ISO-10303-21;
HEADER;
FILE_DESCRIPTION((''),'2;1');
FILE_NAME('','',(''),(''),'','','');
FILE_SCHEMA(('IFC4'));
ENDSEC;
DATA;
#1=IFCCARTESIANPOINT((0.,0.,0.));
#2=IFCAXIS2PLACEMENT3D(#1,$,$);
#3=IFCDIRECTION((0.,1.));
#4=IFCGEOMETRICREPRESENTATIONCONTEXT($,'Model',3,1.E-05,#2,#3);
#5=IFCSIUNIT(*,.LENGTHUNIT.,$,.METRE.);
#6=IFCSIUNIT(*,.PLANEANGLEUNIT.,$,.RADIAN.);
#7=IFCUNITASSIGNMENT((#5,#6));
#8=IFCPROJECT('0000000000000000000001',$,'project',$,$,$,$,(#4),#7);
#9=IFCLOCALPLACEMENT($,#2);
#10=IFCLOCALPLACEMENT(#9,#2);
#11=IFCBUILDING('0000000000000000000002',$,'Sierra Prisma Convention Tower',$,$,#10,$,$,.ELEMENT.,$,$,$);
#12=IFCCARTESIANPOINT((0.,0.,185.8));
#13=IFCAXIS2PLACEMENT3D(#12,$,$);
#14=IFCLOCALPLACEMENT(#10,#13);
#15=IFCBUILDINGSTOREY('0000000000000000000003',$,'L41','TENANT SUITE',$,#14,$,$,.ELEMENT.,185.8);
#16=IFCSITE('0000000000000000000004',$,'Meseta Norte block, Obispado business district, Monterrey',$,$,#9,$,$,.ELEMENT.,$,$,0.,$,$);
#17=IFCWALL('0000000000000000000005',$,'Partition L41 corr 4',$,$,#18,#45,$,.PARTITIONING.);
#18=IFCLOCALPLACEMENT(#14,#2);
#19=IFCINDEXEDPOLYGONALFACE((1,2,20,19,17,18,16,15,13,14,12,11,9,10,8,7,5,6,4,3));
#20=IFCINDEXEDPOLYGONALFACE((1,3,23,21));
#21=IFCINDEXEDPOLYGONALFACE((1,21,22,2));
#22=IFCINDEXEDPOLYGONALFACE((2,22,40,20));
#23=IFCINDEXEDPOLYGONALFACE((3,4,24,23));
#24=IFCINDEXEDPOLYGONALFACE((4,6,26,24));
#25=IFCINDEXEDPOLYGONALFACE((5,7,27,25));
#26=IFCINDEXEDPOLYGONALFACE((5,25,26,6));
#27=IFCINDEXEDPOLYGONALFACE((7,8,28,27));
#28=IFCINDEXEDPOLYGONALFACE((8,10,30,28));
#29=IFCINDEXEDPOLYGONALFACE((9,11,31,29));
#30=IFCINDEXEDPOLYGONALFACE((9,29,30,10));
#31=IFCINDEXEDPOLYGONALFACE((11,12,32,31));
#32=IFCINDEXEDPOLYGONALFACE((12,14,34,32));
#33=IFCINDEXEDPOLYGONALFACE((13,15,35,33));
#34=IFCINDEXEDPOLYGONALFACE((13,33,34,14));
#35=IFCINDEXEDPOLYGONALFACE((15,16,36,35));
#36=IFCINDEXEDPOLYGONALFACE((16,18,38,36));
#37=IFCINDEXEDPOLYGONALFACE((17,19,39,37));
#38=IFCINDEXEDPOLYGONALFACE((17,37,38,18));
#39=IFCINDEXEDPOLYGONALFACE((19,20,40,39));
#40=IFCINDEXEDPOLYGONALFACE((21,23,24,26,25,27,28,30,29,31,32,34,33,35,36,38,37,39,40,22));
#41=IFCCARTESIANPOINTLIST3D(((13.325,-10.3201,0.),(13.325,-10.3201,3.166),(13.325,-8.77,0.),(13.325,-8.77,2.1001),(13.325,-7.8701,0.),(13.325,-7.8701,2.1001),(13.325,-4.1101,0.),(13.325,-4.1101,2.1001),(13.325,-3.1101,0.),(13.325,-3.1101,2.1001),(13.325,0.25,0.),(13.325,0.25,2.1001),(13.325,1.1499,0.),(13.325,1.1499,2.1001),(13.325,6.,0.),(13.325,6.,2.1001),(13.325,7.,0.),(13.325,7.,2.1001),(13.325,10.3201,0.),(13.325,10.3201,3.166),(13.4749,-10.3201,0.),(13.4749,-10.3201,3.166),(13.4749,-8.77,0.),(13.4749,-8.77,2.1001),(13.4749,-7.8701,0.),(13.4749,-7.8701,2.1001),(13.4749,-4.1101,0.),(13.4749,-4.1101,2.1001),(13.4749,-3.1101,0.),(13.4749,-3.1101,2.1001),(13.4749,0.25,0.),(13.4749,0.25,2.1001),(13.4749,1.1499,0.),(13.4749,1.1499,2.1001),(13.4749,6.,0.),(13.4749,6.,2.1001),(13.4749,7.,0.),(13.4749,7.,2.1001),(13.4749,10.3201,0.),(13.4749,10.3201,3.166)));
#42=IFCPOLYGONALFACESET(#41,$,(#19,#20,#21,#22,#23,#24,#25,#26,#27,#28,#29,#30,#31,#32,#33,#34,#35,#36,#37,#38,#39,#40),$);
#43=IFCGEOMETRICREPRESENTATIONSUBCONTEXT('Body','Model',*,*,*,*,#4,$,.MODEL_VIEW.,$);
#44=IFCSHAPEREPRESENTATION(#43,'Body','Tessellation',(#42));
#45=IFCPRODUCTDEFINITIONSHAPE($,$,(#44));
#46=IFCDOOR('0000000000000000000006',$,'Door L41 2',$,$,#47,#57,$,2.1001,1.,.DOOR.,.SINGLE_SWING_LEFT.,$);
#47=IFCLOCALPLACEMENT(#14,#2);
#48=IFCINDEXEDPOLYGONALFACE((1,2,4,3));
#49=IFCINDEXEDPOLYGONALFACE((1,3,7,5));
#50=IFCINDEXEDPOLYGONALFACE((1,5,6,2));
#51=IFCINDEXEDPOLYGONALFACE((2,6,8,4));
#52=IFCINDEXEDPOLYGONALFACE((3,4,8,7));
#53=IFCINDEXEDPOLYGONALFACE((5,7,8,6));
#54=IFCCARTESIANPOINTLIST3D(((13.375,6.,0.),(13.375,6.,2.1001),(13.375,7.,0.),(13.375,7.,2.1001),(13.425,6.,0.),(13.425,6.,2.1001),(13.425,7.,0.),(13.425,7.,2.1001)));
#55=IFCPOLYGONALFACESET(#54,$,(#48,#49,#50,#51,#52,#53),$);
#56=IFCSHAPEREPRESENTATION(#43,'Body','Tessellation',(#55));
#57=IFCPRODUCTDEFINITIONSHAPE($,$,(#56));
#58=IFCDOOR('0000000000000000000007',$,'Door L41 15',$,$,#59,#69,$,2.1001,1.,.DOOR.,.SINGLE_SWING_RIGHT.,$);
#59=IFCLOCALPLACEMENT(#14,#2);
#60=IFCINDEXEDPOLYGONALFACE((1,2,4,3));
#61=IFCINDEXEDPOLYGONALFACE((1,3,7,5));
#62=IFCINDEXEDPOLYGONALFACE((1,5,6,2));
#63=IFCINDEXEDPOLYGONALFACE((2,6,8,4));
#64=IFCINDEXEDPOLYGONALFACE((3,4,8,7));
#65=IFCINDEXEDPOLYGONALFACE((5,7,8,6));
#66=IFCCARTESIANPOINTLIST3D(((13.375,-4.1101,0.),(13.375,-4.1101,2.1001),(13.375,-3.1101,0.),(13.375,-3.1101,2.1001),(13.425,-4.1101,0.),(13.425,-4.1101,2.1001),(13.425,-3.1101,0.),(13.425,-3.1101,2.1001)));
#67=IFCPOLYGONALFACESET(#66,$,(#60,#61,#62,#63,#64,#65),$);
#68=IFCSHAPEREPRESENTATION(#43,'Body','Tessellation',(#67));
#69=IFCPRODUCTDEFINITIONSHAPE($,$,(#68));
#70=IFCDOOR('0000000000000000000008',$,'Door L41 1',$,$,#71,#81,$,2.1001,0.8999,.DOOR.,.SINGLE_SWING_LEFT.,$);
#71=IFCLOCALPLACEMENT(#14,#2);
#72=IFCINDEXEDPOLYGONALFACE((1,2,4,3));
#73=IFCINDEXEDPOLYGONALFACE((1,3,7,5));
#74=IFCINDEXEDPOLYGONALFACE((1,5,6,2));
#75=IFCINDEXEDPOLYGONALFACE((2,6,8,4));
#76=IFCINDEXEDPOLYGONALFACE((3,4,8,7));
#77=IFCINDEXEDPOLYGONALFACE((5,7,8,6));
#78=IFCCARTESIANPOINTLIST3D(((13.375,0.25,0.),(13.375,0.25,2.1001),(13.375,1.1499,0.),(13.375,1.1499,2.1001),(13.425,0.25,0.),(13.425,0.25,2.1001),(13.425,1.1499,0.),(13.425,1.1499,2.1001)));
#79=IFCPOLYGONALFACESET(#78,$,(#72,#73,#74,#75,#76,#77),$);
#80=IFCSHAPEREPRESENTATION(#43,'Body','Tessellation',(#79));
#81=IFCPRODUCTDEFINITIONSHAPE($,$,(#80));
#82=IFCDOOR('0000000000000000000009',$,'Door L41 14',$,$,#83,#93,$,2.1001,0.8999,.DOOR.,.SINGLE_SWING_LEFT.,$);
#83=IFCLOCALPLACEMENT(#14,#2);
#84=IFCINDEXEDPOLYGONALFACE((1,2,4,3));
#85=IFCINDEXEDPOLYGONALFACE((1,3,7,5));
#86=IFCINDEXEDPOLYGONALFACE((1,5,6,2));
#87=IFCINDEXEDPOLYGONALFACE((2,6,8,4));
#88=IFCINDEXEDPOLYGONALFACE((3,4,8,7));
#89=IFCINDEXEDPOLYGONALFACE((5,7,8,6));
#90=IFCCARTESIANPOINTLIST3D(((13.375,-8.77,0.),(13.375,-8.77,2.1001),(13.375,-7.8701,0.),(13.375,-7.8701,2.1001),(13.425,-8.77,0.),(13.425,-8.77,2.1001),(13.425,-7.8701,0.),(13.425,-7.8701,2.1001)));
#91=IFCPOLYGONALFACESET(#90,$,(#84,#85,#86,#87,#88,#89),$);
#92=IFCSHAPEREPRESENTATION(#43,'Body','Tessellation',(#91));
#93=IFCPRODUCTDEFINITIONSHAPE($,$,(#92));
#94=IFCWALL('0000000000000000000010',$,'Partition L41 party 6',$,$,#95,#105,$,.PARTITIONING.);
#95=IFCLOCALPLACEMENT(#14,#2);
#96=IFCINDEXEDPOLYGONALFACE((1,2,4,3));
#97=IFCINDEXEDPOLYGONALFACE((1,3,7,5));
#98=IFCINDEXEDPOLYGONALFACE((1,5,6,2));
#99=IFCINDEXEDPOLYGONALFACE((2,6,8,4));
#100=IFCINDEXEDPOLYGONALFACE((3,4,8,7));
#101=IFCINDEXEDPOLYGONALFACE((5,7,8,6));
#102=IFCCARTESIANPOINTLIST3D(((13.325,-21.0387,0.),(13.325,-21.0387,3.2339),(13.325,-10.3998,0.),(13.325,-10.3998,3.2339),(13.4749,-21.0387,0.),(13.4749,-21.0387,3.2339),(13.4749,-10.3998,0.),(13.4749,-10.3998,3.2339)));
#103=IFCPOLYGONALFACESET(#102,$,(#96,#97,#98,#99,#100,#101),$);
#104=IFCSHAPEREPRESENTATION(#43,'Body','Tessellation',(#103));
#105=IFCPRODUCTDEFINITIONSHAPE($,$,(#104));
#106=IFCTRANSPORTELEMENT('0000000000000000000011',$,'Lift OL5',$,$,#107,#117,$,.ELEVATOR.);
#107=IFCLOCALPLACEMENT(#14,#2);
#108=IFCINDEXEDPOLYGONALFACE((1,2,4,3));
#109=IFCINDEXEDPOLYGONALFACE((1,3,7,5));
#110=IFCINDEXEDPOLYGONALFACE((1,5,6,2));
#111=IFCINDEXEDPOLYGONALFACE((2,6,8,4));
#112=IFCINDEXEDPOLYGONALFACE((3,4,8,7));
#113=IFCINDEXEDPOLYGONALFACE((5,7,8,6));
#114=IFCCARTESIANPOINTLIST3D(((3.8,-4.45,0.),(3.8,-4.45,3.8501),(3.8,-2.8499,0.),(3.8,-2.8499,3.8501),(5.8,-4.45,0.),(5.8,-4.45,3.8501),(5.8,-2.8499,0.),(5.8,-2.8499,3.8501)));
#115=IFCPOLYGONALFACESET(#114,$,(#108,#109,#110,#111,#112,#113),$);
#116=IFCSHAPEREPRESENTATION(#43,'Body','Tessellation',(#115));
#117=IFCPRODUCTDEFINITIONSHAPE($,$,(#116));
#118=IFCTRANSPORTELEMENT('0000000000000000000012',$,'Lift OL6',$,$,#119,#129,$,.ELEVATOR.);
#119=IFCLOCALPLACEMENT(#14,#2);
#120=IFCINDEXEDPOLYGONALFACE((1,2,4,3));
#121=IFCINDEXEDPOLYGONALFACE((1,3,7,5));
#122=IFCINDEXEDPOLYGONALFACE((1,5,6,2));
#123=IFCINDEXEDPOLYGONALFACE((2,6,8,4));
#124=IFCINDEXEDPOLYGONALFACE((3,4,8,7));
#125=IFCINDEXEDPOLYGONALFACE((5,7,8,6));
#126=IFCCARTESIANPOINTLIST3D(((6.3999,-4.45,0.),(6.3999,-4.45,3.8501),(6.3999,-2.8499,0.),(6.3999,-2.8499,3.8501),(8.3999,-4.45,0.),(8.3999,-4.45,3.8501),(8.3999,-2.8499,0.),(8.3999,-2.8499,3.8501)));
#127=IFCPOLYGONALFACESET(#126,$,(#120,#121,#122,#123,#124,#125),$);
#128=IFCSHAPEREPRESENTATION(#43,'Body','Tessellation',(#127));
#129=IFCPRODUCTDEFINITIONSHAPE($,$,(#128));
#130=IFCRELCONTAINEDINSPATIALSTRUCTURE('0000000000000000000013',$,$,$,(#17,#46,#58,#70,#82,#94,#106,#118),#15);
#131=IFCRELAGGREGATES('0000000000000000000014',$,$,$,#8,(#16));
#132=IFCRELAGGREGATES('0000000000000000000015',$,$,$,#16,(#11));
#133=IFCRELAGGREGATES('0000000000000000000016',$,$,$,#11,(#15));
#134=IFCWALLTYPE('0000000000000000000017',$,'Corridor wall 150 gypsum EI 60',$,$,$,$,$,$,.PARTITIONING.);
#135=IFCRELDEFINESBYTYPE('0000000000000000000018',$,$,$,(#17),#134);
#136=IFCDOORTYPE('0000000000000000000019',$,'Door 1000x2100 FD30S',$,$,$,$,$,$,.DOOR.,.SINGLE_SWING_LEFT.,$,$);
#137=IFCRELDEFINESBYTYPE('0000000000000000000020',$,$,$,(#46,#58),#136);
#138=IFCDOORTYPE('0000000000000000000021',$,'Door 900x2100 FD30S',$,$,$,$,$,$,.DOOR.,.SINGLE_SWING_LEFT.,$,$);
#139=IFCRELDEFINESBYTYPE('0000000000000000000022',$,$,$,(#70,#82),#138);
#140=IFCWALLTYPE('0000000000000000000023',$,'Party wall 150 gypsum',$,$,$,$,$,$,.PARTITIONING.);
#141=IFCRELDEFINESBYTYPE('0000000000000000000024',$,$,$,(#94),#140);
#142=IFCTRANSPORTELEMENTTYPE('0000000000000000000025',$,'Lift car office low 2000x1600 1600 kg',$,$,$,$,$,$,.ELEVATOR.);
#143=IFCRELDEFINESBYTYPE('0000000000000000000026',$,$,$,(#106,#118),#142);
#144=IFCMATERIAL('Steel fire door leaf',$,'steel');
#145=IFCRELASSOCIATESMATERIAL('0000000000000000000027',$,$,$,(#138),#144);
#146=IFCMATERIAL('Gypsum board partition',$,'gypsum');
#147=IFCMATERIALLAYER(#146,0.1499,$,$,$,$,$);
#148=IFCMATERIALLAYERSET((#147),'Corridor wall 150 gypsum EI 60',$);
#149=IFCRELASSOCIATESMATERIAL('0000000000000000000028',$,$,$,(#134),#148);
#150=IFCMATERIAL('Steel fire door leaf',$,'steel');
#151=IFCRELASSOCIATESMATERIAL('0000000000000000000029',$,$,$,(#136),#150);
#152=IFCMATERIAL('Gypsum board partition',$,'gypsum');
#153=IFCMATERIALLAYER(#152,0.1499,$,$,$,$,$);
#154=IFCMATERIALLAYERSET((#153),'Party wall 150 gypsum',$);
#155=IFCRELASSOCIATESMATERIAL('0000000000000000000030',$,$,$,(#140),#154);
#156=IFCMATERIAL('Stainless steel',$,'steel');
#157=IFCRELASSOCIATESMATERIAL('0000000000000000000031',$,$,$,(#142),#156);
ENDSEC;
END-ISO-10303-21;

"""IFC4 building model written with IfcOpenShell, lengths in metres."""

from ifc_helpers import new_model, si_unit, direction, frame, frame_2d, origin, origin_2d, place, context, subcontext, project, spatial, rectangle, extrude, material, layer, layer_set, type_object, element, fill, save


model = new_model("IFC4")

# Units and contexts
model_context = context("Model", 3, precision=1e-05, world=origin(), true_north=direction((0.0, 1.0)))
body_context = subcontext(model_context, "Body", "Model", "MODEL_VIEW")
ifc_project = project(units=[si_unit("LENGTHUNIT", "METRE"), si_unit("PLANEANGLEUNIT", "RADIAN")], contexts=[model_context])

# Site, building, storey
site_placement = place(None, origin())
site = spatial("IfcSite", under=ifc_project, at=site_placement, Name="Meseta Norte block, Obispado business district, Monterrey", CompositionType="ELEMENT", RefElevation=0.0)
building_placement = place(site_placement, origin())
building = spatial("IfcBuilding", under=site, at=building_placement, Name="Sierra Prisma Convention Tower", CompositionType="ELEMENT")
storey_placement = place(building_placement, frame((0.0, 0.0, 185.8)))
storey = spatial("IfcBuildingStorey", under=building, at=storey_placement, Name="L41", Description="TENANT SUITE", CompositionType="ELEMENT", Elevation=185.8)

# Shared definitions
ifc_material_1 = material(Name="Steel fire door leaf", Category="steel")
door_type_1 = type_object("IfcDoorType", Name="Door 900x2100 FD30S", OperationType="SINGLE_SWING_LEFT", PredefinedType="DOOR", material=ifc_material_1)

# Wall, openings, doors
ifc_material_2 = material(Name="Gypsum board partition", Category="gypsum")
ifc_layer_1 = layer(ifc_material_2, 0.1499)
ifc_layer_set_1 = layer_set([ifc_layer_1], Name="Corridor wall 150 gypsum EI 60")
wall_type_1 = type_object("IfcWallType", Name="Corridor wall 150 gypsum EI 60", PredefinedType="PARTITIONING", material=ifc_layer_set_1)
wall_1_placement = place(storey_placement, frame((13.3999, -10.3201, 0.0), z_axis=(0.0, 0.0, 1.0), x_axis=(0.0, 1.0, 0.0)))
wall_1 = element("IfcWall", 1, at=wall_1_placement, inside=storey, type_object=wall_type_1, Name="Partition L41 corr 4", PredefinedType="PARTITIONING", context=body_context, shape_type="SweptSolid", body=[
    extrude(rectangle(XDim=20.6401, YDim=0.1499, at=frame_2d((10.3201, 0.0))), origin(), (0.0, 0.0, 1.0), 3.166),
])
opening_1_placement = place(wall_1_placement, frame((10.5701, 0.0, 0.0)))
opening_1 = element("IfcOpeningElement", 2, at=opening_1_placement, cuts=wall_1, PredefinedType="OPENING", context=body_context, shape_type="SweptSolid", body=[
    extrude(rectangle(XDim=0.8999, YDim=2.1001, at=frame_2d((0.45, 1.05))), frame((0.0, 0.075, 0.0), z_axis=(0.0, -1.0, 0.0), x_axis=(1.0, 0.0, 0.0)), (0.0, 0.0, 1.0), 0.1499),
])
opening_2_placement = place(wall_1_placement, frame((16.3201, 0.0, 0.0)))
opening_2 = element("IfcOpeningElement", 3, at=opening_2_placement, cuts=wall_1, PredefinedType="OPENING", context=body_context, shape_type="SweptSolid", body=[
    extrude(rectangle(XDim=1.0, YDim=2.1001, at=frame_2d((0.5, 1.05))), frame((0.0, 0.075, 0.0), z_axis=(0.0, -1.0, 0.0), x_axis=(1.0, 0.0, 0.0)), (0.0, 0.0, 1.0), 0.1499),
])
opening_3_placement = place(wall_1_placement, frame((1.55, 0.0, 0.0)))
opening_3 = element("IfcOpeningElement", 4, at=opening_3_placement, cuts=wall_1, PredefinedType="OPENING", context=body_context, shape_type="SweptSolid", body=[
    extrude(rectangle(XDim=0.8999, YDim=2.1001, at=frame_2d((0.45, 1.05))), frame((0.0, 0.075, 0.0), z_axis=(0.0, -1.0, 0.0), x_axis=(1.0, 0.0, 0.0)), (0.0, 0.0, 1.0), 0.1499),
])
opening_4_placement = place(wall_1_placement, frame((6.21, 0.0, 0.0)))
opening_4 = element("IfcOpeningElement", 5, at=opening_4_placement, cuts=wall_1, PredefinedType="OPENING", context=body_context, shape_type="SweptSolid", body=[
    extrude(rectangle(XDim=1.0, YDim=2.1001, at=frame_2d((0.5, 1.05))), frame((0.0, 0.075, 0.0), z_axis=(0.0, -1.0, 0.0), x_axis=(1.0, 0.0, 0.0)), (0.0, 0.0, 1.0), 0.1499),
])
ifc_material_3 = material(Name="Steel fire door leaf", Category="steel")
door_type_2 = type_object("IfcDoorType", Name="Door 1000x2100 FD30S", OperationType="SINGLE_SWING_LEFT", PredefinedType="DOOR", material=ifc_material_3)
door_1_placement = place(opening_2_placement, origin())
door_1 = element("IfcDoor", 6, at=door_1_placement, inside=storey, type_object=door_type_2, Name="Door L41 2", OperationType="SINGLE_SWING_LEFT", OverallHeight=2.1001, OverallWidth=1.0, PredefinedType="DOOR", context=body_context, shape_type="SweptSolid", body=[
    extrude(rectangle(XDim=1.0, YDim=2.1001, at=frame_2d((0.5, 1.05))), frame((0.0, 0.0249, 0.0), z_axis=(0.0, -1.0, 0.0), x_axis=(1.0, 0.0, 0.0)), (0.0, 0.0, 1.0), 0.05),
])
fill(opening_2, door_1)
door_2_placement = place(opening_4_placement, origin())
door_2 = element("IfcDoor", 7, at=door_2_placement, inside=storey, type_object=door_type_2, Name="Door L41 15", OperationType="SINGLE_SWING_RIGHT", OverallHeight=2.1001, OverallWidth=1.0, PredefinedType="DOOR", context=body_context, shape_type="SweptSolid", body=[
    extrude(rectangle(XDim=1.0, YDim=2.1001, at=frame_2d((0.5, 1.05))), frame((0.0, 0.0249, 0.0), z_axis=(0.0, -1.0, 0.0), x_axis=(1.0, 0.0, 0.0)), (0.0, 0.0, 1.0), 0.05),
])
fill(opening_4, door_2)
door_3_placement = place(opening_1_placement, origin())
door_3 = element("IfcDoor", 8, at=door_3_placement, inside=storey, type_object=door_type_1, Name="Door L41 1", OperationType="SINGLE_SWING_LEFT", OverallHeight=2.1001, OverallWidth=0.8999, PredefinedType="DOOR", context=body_context, shape_type="SweptSolid", body=[
    extrude(rectangle(XDim=0.8999, YDim=2.1001, at=frame_2d((0.45, 1.05))), frame((0.0, 0.0249, 0.0), z_axis=(0.0, -1.0, 0.0), x_axis=(1.0, 0.0, 0.0)), (0.0, 0.0, 1.0), 0.05),
])
fill(opening_1, door_3)
door_4_placement = place(opening_3_placement, origin())
door_4 = element("IfcDoor", 9, at=door_4_placement, inside=storey, type_object=door_type_1, Name="Door L41 14", OperationType="SINGLE_SWING_LEFT", OverallHeight=2.1001, OverallWidth=0.8999, PredefinedType="DOOR", context=body_context, shape_type="SweptSolid", body=[
    extrude(rectangle(XDim=0.8999, YDim=2.1001, at=frame_2d((0.45, 1.05))), frame((0.0, 0.0249, 0.0), z_axis=(0.0, -1.0, 0.0), x_axis=(1.0, 0.0, 0.0)), (0.0, 0.0, 1.0), 0.05),
])
fill(opening_3, door_4)

# Wall
ifc_material_4 = material(Name="Gypsum board partition", Category="gypsum")
ifc_layer_2 = layer(ifc_material_4, 0.1499)
ifc_layer_set_2 = layer_set([ifc_layer_2], Name="Party wall 150 gypsum")
wall_type_2 = type_object("IfcWallType", Name="Party wall 150 gypsum", PredefinedType="PARTITIONING", material=ifc_layer_set_2)
wall_2_placement = place(storey_placement, frame((13.3999, -10.3999, 0.0), z_axis=(0.0, 0.0, 1.0), x_axis=(0.0, -1.0, 0.0)))
element("IfcWall", 10, at=wall_2_placement, inside=storey, type_object=wall_type_2, Name="Partition L41 party 6", PredefinedType="PARTITIONING", context=body_context, shape_type="SweptSolid", body=[
    extrude(rectangle(XDim=10.6389, YDim=0.1499, at=frame_2d((5.3193, 0.0))), origin(), (0.0, 0.0, 1.0), 3.2339),
])

# Transport elements
ifc_material_5 = material(Name="Stainless steel", Category="steel")
transport_element_type = type_object("IfcTransportElementType", Name="Lift car office low 2000x1600 1600 kg", PredefinedType="ELEVATOR", material=ifc_material_5)
for number, where, z_axis, x_axis, name in (
    (11, (4.8, -3.6499, 0.0), (0.0, 0.0, 1.0), (1.0, 0.0, 0.0), "Lift OL5"),
    (12, (7.3999, -3.6499, 0.0), (0.0, 0.0, 1.0), (1.0, 0.0, 0.0), "Lift OL6"),
):
    element("IfcTransportElement", number, at=place(storey_placement, frame(where, z_axis=z_axis, x_axis=x_axis)), inside=storey, type_object=transport_element_type, Name=name, PredefinedType="ELEVATOR", context=body_context, shape_type="SweptSolid", body=[
        extrude(rectangle(XDim=2.0, YDim=1.6001, at=origin_2d()), origin(), (0.0, 0.0, 1.0), 3.8501),
    ])

save(model, "model.ifc")
